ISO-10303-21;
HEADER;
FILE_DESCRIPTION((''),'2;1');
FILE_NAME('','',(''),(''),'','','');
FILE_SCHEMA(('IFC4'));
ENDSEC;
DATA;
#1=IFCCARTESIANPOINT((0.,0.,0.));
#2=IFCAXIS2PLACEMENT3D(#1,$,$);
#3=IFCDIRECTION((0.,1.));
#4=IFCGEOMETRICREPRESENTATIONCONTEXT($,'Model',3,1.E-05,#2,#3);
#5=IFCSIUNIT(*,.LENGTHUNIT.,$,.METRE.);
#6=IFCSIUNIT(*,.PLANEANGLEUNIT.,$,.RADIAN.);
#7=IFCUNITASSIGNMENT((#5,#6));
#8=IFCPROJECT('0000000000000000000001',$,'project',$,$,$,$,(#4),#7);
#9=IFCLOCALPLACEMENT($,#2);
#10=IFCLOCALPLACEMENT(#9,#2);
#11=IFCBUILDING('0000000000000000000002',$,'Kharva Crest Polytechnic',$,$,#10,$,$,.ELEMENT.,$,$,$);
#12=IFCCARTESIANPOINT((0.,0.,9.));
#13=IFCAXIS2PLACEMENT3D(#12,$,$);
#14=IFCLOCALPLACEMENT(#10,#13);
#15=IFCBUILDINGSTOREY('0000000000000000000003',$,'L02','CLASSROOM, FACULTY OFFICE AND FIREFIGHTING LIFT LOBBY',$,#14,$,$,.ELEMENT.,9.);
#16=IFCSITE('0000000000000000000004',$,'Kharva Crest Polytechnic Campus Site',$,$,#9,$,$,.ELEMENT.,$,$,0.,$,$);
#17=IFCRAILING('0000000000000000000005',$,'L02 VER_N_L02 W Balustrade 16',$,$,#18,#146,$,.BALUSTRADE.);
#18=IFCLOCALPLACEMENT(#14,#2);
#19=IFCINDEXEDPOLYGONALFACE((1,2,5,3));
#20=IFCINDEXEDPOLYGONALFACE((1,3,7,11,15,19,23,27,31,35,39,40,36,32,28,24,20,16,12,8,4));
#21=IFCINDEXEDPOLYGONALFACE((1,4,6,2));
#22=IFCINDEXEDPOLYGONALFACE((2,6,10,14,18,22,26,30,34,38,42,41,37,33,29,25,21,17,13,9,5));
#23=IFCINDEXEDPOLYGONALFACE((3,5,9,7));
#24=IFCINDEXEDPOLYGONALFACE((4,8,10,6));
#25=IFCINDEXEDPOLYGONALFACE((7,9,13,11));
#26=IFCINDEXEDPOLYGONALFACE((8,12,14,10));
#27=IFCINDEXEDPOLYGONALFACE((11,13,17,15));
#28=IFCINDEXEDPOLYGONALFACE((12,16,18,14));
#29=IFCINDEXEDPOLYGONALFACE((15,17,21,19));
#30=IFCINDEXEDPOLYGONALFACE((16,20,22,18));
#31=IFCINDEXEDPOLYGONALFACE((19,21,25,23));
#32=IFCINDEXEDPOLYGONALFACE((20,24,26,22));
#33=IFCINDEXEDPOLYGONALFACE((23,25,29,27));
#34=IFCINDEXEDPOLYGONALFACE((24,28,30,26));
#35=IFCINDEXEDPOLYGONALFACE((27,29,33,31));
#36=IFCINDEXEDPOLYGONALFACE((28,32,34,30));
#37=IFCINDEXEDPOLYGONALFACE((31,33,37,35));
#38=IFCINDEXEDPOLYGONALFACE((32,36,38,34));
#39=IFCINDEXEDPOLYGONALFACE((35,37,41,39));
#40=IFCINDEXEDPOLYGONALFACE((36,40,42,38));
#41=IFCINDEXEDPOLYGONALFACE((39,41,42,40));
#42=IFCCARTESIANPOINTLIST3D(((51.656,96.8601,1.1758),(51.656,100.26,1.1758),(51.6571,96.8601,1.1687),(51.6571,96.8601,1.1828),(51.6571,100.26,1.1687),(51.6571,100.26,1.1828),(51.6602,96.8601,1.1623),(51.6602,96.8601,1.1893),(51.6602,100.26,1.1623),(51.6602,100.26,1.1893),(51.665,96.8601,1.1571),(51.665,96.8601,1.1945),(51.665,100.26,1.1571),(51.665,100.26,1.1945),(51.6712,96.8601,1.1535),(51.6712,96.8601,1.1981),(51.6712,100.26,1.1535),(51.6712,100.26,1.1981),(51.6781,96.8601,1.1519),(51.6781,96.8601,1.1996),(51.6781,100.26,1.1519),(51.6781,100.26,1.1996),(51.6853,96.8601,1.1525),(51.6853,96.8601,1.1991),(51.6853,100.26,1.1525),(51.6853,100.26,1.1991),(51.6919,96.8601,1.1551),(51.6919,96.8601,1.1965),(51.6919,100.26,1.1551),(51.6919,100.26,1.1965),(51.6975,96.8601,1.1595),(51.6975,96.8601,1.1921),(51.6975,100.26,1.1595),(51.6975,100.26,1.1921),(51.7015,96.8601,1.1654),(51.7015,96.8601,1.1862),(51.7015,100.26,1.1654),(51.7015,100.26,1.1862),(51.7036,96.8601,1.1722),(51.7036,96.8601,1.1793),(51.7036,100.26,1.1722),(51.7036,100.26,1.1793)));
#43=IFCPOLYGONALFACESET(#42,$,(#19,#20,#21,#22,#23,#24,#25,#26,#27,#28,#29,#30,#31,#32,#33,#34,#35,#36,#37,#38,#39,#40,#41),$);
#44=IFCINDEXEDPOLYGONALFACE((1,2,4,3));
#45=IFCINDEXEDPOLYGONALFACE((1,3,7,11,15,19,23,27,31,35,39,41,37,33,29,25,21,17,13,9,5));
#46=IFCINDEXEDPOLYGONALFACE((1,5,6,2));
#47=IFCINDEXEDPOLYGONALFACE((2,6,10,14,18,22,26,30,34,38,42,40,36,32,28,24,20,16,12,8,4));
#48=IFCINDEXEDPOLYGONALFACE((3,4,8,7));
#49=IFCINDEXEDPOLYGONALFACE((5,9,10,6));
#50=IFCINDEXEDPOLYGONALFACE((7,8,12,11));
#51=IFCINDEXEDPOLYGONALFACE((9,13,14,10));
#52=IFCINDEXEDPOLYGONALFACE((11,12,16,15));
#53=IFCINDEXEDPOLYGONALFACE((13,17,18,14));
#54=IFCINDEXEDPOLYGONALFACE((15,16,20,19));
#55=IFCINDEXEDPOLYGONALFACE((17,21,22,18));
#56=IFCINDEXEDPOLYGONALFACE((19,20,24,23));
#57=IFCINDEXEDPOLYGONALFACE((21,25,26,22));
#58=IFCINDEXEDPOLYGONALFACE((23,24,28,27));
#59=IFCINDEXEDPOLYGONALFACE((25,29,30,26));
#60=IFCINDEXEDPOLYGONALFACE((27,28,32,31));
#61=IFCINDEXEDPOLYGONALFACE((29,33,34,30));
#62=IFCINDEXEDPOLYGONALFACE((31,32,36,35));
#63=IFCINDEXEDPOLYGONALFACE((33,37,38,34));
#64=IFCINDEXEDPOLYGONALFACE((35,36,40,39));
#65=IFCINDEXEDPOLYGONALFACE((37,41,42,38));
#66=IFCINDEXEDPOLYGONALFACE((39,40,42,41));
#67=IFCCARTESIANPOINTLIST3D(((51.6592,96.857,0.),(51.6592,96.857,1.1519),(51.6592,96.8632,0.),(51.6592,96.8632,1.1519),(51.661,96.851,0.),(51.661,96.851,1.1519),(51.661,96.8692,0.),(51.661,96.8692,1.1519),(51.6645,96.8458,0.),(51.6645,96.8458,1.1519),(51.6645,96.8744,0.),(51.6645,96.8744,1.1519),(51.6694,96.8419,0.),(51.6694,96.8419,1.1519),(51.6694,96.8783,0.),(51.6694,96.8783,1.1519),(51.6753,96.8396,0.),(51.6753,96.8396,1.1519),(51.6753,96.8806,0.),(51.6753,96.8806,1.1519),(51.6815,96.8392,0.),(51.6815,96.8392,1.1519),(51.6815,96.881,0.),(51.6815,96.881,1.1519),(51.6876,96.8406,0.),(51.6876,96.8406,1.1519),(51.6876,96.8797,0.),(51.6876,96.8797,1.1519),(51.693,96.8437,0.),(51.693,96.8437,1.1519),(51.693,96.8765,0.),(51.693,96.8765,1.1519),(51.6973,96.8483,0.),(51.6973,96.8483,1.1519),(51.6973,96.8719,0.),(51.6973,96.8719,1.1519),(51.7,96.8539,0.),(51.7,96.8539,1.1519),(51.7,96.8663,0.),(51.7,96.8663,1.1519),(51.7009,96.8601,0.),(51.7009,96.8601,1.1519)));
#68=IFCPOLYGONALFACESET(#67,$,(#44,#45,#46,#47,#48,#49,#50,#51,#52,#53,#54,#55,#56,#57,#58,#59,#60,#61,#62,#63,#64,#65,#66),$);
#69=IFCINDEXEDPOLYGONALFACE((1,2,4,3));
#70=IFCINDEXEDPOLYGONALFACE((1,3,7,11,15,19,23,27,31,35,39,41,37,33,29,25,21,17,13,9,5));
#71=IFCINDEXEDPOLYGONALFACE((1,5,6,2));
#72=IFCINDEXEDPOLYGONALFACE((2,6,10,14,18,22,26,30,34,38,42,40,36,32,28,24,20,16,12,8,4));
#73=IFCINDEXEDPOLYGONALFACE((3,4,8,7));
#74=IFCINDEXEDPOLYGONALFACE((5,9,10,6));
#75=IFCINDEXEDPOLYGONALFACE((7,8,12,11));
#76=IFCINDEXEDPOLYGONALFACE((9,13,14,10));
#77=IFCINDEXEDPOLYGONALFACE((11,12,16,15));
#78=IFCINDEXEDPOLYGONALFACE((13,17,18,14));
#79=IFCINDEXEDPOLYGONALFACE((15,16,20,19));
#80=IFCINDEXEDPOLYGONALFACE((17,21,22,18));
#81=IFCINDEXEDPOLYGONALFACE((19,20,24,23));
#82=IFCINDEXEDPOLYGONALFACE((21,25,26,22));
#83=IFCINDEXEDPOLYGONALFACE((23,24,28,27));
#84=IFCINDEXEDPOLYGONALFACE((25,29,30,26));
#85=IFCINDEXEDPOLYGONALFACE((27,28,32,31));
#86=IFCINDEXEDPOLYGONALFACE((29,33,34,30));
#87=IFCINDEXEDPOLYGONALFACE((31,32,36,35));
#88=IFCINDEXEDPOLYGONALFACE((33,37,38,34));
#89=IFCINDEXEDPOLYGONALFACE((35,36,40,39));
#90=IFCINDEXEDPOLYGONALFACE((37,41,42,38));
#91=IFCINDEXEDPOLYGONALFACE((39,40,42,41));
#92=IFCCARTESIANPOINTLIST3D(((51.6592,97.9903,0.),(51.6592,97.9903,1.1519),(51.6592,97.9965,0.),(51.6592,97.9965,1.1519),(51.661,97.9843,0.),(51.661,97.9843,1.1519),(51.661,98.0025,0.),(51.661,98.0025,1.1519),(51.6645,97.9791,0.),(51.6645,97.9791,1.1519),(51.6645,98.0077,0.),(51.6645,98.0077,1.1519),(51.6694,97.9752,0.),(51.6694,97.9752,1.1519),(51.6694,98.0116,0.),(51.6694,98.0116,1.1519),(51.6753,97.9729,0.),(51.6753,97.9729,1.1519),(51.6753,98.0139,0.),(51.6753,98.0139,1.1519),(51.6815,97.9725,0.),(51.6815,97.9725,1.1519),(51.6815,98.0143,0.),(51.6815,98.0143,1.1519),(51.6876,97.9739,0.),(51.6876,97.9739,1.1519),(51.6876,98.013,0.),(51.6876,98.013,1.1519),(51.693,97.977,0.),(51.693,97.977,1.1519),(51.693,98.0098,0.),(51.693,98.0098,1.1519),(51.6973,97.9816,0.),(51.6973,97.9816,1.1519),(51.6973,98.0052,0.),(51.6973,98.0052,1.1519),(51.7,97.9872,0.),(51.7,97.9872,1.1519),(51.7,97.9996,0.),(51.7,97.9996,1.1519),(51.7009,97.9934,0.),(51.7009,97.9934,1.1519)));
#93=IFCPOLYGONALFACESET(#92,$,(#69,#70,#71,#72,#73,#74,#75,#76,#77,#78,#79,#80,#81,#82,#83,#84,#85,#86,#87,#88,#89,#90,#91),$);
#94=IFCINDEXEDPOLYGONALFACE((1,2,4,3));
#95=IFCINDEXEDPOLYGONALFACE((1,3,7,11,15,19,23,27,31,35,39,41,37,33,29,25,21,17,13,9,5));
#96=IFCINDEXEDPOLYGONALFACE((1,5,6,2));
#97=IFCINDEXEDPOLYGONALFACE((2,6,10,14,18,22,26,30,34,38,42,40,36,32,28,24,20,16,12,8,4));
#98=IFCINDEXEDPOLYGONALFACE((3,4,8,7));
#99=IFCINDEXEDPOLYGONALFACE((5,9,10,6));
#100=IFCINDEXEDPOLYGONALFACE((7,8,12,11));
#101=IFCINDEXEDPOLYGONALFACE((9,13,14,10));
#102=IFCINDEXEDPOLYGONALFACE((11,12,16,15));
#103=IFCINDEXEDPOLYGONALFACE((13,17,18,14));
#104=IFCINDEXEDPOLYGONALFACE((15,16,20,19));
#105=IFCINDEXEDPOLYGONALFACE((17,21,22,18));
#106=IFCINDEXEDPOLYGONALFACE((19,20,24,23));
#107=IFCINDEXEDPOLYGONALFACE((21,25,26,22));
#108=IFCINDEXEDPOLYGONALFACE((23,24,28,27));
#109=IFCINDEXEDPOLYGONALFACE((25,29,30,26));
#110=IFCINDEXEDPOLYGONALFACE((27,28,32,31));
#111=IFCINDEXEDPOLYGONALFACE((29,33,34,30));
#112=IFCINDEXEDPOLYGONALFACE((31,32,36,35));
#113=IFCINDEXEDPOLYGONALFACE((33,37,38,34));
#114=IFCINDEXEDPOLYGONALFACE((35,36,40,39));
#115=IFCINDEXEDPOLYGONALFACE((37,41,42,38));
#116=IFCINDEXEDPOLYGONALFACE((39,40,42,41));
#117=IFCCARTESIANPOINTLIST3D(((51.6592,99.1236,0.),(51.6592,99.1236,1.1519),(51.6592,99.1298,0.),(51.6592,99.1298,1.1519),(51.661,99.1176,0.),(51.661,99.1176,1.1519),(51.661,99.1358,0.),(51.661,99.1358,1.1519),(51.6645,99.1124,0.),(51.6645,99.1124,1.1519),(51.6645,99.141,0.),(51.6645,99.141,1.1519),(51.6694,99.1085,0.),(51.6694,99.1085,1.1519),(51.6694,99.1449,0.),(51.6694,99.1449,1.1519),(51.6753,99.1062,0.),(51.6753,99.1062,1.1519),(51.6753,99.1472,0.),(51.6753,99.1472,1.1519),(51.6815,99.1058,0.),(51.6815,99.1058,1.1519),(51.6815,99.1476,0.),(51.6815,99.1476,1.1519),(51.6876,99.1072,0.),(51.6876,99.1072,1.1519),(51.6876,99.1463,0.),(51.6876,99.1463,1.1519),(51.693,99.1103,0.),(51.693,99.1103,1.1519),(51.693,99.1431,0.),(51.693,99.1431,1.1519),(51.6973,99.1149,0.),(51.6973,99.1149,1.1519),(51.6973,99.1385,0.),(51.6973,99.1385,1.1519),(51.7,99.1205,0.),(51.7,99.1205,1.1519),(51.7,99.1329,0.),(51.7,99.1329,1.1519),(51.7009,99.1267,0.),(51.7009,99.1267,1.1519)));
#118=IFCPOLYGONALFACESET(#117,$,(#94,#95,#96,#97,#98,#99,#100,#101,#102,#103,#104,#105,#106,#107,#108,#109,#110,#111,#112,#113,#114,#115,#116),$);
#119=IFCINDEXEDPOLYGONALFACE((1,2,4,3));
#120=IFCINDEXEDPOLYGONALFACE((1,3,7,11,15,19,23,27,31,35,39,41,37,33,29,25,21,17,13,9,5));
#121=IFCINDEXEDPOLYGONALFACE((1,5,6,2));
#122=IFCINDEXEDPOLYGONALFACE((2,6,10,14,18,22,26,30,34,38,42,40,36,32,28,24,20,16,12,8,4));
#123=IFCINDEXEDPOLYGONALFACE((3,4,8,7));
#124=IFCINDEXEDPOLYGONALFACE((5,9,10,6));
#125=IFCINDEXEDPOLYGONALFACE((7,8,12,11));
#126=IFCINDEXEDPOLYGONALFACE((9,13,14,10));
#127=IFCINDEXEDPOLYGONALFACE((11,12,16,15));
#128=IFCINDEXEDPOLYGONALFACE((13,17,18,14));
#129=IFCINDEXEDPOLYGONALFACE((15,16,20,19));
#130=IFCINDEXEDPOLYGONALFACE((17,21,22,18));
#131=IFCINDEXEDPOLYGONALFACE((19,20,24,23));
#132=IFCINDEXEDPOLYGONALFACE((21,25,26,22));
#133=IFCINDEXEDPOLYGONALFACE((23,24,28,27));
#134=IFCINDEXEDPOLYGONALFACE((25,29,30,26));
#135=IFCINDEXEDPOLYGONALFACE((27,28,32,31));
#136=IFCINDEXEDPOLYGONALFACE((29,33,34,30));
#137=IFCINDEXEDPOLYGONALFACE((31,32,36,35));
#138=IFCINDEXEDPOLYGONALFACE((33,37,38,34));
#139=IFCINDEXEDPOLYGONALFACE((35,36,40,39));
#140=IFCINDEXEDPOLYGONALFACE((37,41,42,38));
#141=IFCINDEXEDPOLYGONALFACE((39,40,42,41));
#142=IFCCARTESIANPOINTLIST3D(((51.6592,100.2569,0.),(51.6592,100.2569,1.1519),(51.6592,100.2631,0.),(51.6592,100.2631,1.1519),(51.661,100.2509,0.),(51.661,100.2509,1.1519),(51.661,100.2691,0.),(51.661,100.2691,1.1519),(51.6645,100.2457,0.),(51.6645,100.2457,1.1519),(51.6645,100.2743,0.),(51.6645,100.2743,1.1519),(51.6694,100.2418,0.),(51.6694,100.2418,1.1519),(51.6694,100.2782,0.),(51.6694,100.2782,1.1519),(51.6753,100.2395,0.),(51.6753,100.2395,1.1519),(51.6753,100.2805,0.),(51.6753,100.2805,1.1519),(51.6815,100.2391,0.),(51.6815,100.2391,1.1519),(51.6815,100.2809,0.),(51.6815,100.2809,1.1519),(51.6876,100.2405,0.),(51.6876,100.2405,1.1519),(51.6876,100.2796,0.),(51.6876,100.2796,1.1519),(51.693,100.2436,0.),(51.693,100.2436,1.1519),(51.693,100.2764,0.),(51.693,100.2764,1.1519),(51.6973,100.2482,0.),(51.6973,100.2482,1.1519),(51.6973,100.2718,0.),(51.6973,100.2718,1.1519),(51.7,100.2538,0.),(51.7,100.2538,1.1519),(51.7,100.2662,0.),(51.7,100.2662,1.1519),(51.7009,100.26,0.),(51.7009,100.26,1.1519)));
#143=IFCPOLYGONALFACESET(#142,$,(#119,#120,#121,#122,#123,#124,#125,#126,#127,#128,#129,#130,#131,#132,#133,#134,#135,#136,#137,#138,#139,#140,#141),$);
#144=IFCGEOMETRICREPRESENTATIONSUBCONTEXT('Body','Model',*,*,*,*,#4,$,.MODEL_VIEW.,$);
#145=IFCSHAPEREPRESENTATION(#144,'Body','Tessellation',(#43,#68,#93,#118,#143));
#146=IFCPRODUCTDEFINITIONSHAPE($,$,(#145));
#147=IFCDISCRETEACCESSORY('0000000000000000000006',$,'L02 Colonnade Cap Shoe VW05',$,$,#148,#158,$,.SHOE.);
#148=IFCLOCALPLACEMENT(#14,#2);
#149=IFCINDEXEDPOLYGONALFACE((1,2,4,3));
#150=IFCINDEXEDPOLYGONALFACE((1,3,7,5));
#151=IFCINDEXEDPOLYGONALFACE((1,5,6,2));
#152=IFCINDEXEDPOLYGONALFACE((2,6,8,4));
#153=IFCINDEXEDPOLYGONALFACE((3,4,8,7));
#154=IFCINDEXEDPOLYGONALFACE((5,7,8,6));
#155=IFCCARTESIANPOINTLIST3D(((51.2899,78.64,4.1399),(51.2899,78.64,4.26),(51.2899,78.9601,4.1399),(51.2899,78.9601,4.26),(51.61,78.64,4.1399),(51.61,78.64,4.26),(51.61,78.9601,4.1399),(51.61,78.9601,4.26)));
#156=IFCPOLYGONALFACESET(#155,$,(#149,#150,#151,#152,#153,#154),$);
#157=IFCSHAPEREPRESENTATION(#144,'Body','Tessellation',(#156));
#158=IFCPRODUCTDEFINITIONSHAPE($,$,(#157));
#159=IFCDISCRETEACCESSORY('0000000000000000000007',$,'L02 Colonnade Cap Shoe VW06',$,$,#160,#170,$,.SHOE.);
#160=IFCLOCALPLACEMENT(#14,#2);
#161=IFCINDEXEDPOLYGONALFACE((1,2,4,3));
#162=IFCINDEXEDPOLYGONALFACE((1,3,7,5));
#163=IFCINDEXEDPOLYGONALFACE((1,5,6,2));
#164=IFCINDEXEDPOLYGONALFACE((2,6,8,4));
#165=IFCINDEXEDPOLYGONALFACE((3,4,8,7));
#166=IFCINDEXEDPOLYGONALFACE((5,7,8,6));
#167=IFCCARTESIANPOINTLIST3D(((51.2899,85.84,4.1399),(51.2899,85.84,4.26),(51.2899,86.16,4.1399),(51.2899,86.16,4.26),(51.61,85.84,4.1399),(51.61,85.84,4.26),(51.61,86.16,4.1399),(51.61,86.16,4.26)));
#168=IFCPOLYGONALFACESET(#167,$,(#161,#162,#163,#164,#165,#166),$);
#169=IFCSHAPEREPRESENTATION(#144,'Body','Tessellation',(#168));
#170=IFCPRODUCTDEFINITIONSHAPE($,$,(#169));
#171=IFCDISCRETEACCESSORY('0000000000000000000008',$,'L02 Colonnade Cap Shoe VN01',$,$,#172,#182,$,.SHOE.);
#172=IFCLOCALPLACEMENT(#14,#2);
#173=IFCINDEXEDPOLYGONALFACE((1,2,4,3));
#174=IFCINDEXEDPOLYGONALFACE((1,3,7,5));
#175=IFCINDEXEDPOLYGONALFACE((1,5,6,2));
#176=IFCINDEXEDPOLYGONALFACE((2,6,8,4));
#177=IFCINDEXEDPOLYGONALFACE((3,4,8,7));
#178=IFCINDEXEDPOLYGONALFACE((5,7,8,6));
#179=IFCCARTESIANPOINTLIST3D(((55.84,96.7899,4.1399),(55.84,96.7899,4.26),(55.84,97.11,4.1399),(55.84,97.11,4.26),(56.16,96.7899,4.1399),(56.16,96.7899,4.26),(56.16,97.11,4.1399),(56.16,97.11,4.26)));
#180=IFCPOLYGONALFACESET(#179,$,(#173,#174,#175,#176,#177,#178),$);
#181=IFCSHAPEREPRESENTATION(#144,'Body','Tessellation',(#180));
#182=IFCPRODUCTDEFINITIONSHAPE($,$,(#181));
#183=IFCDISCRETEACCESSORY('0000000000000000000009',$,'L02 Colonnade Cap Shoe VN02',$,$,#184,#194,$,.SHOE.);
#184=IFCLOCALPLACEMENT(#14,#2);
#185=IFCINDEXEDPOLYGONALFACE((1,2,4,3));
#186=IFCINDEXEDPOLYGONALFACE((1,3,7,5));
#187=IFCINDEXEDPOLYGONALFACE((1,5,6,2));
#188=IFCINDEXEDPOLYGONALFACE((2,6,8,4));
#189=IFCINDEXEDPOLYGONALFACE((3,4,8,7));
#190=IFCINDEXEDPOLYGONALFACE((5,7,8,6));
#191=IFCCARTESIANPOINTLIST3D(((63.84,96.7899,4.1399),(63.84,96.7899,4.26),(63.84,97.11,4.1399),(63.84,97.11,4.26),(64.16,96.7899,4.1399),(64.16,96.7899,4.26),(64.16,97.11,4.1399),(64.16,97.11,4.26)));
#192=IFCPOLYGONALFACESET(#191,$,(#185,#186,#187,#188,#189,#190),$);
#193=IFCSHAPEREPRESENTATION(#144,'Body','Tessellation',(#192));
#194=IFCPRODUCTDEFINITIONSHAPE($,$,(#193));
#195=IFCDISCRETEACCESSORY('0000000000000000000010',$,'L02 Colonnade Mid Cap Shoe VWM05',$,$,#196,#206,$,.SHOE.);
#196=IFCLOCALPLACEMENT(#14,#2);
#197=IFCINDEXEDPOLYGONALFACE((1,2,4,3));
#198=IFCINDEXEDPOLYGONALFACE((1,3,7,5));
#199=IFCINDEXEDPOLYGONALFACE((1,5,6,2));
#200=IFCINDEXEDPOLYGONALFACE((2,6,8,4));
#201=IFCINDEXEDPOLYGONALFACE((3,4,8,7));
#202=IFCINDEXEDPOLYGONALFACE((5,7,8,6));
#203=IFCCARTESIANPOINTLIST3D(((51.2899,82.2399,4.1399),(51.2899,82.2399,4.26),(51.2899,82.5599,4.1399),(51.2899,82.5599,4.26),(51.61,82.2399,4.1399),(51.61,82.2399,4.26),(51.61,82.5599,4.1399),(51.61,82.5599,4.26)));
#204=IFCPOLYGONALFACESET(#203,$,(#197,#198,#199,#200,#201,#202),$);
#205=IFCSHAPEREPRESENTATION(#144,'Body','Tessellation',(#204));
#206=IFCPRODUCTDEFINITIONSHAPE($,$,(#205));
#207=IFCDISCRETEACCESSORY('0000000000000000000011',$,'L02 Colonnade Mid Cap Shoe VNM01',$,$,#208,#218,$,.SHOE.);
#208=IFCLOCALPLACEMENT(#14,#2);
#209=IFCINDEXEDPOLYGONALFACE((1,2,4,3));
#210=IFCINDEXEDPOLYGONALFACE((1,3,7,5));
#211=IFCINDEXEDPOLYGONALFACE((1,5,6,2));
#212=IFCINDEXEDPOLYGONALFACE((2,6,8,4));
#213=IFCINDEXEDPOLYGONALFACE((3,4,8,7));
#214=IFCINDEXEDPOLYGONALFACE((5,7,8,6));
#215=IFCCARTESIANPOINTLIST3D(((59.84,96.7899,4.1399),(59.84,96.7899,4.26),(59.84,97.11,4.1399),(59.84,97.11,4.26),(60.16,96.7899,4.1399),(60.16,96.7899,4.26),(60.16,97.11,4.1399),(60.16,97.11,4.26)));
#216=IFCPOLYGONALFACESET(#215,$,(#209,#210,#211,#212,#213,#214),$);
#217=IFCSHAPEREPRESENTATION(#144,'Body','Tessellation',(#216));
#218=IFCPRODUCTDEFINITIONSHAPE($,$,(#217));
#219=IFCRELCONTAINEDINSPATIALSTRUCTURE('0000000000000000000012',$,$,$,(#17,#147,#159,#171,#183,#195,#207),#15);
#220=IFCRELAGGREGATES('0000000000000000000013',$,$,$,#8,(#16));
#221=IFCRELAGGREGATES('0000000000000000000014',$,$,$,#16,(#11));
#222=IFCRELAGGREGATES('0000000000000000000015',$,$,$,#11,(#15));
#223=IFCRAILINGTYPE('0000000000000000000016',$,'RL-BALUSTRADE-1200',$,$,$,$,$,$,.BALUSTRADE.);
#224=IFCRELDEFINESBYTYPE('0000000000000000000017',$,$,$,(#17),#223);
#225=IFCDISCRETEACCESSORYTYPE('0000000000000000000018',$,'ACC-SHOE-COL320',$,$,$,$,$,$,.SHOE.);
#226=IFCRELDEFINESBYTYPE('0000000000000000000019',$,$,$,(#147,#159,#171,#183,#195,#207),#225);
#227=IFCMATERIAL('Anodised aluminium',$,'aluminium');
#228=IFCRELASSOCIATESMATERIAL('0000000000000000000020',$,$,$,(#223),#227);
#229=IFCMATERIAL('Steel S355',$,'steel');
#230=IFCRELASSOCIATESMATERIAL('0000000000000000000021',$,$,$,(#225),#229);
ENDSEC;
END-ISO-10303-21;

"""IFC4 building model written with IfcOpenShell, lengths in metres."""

from ifc_helpers import new_model, si_unit, direction, frame, origin, origin_2d, place, context, subcontext, project, spatial, rectangle, circle, extrude, material, type_object, element, save


model = new_model("IFC4")

# Units and contexts
model_context = context("Model", 3, precision=1e-05, world=origin(), true_north=direction((0.0, 1.0)))
body_context = subcontext(model_context, "Body", "Model", "MODEL_VIEW")
ifc_project = project(units=[si_unit("LENGTHUNIT", "METRE"), si_unit("PLANEANGLEUNIT", "RADIAN")], contexts=[model_context])

# Site, building, storey
site_placement = place(None, origin())
site = spatial("IfcSite", under=ifc_project, at=site_placement, Name="Kharva Crest Polytechnic Campus Site", CompositionType="ELEMENT", RefElevation=0.0)
building_placement = place(site_placement, origin())
building = spatial("IfcBuilding", under=site, at=building_placement, Name="Kharva Crest Polytechnic", CompositionType="ELEMENT")
storey_placement = place(building_placement, frame((0.0, 0.0, 9.0)))
storey = spatial("IfcBuildingStorey", under=building, at=storey_placement, Name="L02", Description="CLASSROOM, FACULTY OFFICE AND FIREFIGHTING LIFT LOBBY", CompositionType="ELEMENT", Elevation=9.0)

# Shared definitions
ifc_material_1 = material(Name="Steel S355", Category="steel")

# Railing
ifc_material_2 = material(Name="Anodised aluminium", Category="aluminium")
railing_type = type_object("IfcRailingType", Name="RL-BALUSTRADE-1200", PredefinedType="BALUSTRADE", material=ifc_material_2)
railing_1_placement = place(storey_placement, frame((51.6799, 96.8601, 0.0)))
element("IfcRailing", 1, at=railing_1_placement, inside=storey, type_object=railing_type, Name="L02 VER_N_L02 W Balustrade 16", PredefinedType="BALUSTRADE", context=body_context, shape_type="SweptSolid", body=[
    extrude(circle(Radius=0.0239, at=origin_2d()), frame((0.0, 0.0, 1.1758), z_axis=(0.0, 1.0, 0.0), x_axis=(-1.0, 0.0, 0.0)), (0.0, 0.0, 1.0), 3.3999),
    extrude(circle(Radius=0.021, at=origin_2d()), origin(), (0.0, 0.0, 1.0), 1.1519),
    extrude(circle(Radius=0.021, at=origin_2d()), frame((0.0, 1.1333, 0.0)), (0.0, 0.0, 1.0), 1.1519),
    extrude(circle(Radius=0.021, at=origin_2d()), frame((0.0, 2.2666, 0.0)), (0.0, 0.0, 1.0), 1.1519),
    extrude(circle(Radius=0.021, at=origin_2d()), frame((0.0, 3.3999, 0.0)), (0.0, 0.0, 1.0), 1.1519),
])

# Discrete accessories
discrete_accessory_type = type_object("IfcDiscreteAccessoryType", Name="ACC-SHOE-COL320", PredefinedType="SHOE", material=ifc_material_1)
for number, where, z_axis, x_axis, name in (
    (2, (51.45, 78.8, 4.1399), (0.0, 0.0, 1.0), (1.0, 0.0, 0.0), "L02 Colonnade Cap Shoe VW05"),
    (3, (51.45, 86.0, 4.1399), (0.0, 0.0, 1.0), (1.0, 0.0, 0.0), "L02 Colonnade Cap Shoe VW06"),
    (4, (56.0, 96.95, 4.1399), (0.0, 0.0, 1.0), (1.0, 0.0, 0.0), "L02 Colonnade Cap Shoe VN01"),
    (5, (64.0, 96.95, 4.1399), (0.0, 0.0, 1.0), (1.0, 0.0, 0.0), "L02 Colonnade Cap Shoe VN02"),
    (6, (51.45, 82.3999, 4.1399), (0.0, 0.0, 1.0), (1.0, 0.0, 0.0), "L02 Colonnade Mid Cap Shoe VWM05"),
    (7, (60.0, 96.95, 4.1399), (0.0, 0.0, 1.0), (1.0, 0.0, 0.0), "L02 Colonnade Mid Cap Shoe VNM01"),
):
    element("IfcDiscreteAccessory", number, at=place(storey_placement, frame(where, z_axis=z_axis, x_axis=x_axis)), inside=storey, type_object=discrete_accessory_type, Name=name, PredefinedType="SHOE", context=body_context, shape_type="SweptSolid", body=[
        extrude(rectangle(XDim=0.3201, YDim=0.3201, at=origin_2d()), origin(), (0.0, 0.0, 1.0), 0.1201),
    ])

save(model, "model.ifc")
